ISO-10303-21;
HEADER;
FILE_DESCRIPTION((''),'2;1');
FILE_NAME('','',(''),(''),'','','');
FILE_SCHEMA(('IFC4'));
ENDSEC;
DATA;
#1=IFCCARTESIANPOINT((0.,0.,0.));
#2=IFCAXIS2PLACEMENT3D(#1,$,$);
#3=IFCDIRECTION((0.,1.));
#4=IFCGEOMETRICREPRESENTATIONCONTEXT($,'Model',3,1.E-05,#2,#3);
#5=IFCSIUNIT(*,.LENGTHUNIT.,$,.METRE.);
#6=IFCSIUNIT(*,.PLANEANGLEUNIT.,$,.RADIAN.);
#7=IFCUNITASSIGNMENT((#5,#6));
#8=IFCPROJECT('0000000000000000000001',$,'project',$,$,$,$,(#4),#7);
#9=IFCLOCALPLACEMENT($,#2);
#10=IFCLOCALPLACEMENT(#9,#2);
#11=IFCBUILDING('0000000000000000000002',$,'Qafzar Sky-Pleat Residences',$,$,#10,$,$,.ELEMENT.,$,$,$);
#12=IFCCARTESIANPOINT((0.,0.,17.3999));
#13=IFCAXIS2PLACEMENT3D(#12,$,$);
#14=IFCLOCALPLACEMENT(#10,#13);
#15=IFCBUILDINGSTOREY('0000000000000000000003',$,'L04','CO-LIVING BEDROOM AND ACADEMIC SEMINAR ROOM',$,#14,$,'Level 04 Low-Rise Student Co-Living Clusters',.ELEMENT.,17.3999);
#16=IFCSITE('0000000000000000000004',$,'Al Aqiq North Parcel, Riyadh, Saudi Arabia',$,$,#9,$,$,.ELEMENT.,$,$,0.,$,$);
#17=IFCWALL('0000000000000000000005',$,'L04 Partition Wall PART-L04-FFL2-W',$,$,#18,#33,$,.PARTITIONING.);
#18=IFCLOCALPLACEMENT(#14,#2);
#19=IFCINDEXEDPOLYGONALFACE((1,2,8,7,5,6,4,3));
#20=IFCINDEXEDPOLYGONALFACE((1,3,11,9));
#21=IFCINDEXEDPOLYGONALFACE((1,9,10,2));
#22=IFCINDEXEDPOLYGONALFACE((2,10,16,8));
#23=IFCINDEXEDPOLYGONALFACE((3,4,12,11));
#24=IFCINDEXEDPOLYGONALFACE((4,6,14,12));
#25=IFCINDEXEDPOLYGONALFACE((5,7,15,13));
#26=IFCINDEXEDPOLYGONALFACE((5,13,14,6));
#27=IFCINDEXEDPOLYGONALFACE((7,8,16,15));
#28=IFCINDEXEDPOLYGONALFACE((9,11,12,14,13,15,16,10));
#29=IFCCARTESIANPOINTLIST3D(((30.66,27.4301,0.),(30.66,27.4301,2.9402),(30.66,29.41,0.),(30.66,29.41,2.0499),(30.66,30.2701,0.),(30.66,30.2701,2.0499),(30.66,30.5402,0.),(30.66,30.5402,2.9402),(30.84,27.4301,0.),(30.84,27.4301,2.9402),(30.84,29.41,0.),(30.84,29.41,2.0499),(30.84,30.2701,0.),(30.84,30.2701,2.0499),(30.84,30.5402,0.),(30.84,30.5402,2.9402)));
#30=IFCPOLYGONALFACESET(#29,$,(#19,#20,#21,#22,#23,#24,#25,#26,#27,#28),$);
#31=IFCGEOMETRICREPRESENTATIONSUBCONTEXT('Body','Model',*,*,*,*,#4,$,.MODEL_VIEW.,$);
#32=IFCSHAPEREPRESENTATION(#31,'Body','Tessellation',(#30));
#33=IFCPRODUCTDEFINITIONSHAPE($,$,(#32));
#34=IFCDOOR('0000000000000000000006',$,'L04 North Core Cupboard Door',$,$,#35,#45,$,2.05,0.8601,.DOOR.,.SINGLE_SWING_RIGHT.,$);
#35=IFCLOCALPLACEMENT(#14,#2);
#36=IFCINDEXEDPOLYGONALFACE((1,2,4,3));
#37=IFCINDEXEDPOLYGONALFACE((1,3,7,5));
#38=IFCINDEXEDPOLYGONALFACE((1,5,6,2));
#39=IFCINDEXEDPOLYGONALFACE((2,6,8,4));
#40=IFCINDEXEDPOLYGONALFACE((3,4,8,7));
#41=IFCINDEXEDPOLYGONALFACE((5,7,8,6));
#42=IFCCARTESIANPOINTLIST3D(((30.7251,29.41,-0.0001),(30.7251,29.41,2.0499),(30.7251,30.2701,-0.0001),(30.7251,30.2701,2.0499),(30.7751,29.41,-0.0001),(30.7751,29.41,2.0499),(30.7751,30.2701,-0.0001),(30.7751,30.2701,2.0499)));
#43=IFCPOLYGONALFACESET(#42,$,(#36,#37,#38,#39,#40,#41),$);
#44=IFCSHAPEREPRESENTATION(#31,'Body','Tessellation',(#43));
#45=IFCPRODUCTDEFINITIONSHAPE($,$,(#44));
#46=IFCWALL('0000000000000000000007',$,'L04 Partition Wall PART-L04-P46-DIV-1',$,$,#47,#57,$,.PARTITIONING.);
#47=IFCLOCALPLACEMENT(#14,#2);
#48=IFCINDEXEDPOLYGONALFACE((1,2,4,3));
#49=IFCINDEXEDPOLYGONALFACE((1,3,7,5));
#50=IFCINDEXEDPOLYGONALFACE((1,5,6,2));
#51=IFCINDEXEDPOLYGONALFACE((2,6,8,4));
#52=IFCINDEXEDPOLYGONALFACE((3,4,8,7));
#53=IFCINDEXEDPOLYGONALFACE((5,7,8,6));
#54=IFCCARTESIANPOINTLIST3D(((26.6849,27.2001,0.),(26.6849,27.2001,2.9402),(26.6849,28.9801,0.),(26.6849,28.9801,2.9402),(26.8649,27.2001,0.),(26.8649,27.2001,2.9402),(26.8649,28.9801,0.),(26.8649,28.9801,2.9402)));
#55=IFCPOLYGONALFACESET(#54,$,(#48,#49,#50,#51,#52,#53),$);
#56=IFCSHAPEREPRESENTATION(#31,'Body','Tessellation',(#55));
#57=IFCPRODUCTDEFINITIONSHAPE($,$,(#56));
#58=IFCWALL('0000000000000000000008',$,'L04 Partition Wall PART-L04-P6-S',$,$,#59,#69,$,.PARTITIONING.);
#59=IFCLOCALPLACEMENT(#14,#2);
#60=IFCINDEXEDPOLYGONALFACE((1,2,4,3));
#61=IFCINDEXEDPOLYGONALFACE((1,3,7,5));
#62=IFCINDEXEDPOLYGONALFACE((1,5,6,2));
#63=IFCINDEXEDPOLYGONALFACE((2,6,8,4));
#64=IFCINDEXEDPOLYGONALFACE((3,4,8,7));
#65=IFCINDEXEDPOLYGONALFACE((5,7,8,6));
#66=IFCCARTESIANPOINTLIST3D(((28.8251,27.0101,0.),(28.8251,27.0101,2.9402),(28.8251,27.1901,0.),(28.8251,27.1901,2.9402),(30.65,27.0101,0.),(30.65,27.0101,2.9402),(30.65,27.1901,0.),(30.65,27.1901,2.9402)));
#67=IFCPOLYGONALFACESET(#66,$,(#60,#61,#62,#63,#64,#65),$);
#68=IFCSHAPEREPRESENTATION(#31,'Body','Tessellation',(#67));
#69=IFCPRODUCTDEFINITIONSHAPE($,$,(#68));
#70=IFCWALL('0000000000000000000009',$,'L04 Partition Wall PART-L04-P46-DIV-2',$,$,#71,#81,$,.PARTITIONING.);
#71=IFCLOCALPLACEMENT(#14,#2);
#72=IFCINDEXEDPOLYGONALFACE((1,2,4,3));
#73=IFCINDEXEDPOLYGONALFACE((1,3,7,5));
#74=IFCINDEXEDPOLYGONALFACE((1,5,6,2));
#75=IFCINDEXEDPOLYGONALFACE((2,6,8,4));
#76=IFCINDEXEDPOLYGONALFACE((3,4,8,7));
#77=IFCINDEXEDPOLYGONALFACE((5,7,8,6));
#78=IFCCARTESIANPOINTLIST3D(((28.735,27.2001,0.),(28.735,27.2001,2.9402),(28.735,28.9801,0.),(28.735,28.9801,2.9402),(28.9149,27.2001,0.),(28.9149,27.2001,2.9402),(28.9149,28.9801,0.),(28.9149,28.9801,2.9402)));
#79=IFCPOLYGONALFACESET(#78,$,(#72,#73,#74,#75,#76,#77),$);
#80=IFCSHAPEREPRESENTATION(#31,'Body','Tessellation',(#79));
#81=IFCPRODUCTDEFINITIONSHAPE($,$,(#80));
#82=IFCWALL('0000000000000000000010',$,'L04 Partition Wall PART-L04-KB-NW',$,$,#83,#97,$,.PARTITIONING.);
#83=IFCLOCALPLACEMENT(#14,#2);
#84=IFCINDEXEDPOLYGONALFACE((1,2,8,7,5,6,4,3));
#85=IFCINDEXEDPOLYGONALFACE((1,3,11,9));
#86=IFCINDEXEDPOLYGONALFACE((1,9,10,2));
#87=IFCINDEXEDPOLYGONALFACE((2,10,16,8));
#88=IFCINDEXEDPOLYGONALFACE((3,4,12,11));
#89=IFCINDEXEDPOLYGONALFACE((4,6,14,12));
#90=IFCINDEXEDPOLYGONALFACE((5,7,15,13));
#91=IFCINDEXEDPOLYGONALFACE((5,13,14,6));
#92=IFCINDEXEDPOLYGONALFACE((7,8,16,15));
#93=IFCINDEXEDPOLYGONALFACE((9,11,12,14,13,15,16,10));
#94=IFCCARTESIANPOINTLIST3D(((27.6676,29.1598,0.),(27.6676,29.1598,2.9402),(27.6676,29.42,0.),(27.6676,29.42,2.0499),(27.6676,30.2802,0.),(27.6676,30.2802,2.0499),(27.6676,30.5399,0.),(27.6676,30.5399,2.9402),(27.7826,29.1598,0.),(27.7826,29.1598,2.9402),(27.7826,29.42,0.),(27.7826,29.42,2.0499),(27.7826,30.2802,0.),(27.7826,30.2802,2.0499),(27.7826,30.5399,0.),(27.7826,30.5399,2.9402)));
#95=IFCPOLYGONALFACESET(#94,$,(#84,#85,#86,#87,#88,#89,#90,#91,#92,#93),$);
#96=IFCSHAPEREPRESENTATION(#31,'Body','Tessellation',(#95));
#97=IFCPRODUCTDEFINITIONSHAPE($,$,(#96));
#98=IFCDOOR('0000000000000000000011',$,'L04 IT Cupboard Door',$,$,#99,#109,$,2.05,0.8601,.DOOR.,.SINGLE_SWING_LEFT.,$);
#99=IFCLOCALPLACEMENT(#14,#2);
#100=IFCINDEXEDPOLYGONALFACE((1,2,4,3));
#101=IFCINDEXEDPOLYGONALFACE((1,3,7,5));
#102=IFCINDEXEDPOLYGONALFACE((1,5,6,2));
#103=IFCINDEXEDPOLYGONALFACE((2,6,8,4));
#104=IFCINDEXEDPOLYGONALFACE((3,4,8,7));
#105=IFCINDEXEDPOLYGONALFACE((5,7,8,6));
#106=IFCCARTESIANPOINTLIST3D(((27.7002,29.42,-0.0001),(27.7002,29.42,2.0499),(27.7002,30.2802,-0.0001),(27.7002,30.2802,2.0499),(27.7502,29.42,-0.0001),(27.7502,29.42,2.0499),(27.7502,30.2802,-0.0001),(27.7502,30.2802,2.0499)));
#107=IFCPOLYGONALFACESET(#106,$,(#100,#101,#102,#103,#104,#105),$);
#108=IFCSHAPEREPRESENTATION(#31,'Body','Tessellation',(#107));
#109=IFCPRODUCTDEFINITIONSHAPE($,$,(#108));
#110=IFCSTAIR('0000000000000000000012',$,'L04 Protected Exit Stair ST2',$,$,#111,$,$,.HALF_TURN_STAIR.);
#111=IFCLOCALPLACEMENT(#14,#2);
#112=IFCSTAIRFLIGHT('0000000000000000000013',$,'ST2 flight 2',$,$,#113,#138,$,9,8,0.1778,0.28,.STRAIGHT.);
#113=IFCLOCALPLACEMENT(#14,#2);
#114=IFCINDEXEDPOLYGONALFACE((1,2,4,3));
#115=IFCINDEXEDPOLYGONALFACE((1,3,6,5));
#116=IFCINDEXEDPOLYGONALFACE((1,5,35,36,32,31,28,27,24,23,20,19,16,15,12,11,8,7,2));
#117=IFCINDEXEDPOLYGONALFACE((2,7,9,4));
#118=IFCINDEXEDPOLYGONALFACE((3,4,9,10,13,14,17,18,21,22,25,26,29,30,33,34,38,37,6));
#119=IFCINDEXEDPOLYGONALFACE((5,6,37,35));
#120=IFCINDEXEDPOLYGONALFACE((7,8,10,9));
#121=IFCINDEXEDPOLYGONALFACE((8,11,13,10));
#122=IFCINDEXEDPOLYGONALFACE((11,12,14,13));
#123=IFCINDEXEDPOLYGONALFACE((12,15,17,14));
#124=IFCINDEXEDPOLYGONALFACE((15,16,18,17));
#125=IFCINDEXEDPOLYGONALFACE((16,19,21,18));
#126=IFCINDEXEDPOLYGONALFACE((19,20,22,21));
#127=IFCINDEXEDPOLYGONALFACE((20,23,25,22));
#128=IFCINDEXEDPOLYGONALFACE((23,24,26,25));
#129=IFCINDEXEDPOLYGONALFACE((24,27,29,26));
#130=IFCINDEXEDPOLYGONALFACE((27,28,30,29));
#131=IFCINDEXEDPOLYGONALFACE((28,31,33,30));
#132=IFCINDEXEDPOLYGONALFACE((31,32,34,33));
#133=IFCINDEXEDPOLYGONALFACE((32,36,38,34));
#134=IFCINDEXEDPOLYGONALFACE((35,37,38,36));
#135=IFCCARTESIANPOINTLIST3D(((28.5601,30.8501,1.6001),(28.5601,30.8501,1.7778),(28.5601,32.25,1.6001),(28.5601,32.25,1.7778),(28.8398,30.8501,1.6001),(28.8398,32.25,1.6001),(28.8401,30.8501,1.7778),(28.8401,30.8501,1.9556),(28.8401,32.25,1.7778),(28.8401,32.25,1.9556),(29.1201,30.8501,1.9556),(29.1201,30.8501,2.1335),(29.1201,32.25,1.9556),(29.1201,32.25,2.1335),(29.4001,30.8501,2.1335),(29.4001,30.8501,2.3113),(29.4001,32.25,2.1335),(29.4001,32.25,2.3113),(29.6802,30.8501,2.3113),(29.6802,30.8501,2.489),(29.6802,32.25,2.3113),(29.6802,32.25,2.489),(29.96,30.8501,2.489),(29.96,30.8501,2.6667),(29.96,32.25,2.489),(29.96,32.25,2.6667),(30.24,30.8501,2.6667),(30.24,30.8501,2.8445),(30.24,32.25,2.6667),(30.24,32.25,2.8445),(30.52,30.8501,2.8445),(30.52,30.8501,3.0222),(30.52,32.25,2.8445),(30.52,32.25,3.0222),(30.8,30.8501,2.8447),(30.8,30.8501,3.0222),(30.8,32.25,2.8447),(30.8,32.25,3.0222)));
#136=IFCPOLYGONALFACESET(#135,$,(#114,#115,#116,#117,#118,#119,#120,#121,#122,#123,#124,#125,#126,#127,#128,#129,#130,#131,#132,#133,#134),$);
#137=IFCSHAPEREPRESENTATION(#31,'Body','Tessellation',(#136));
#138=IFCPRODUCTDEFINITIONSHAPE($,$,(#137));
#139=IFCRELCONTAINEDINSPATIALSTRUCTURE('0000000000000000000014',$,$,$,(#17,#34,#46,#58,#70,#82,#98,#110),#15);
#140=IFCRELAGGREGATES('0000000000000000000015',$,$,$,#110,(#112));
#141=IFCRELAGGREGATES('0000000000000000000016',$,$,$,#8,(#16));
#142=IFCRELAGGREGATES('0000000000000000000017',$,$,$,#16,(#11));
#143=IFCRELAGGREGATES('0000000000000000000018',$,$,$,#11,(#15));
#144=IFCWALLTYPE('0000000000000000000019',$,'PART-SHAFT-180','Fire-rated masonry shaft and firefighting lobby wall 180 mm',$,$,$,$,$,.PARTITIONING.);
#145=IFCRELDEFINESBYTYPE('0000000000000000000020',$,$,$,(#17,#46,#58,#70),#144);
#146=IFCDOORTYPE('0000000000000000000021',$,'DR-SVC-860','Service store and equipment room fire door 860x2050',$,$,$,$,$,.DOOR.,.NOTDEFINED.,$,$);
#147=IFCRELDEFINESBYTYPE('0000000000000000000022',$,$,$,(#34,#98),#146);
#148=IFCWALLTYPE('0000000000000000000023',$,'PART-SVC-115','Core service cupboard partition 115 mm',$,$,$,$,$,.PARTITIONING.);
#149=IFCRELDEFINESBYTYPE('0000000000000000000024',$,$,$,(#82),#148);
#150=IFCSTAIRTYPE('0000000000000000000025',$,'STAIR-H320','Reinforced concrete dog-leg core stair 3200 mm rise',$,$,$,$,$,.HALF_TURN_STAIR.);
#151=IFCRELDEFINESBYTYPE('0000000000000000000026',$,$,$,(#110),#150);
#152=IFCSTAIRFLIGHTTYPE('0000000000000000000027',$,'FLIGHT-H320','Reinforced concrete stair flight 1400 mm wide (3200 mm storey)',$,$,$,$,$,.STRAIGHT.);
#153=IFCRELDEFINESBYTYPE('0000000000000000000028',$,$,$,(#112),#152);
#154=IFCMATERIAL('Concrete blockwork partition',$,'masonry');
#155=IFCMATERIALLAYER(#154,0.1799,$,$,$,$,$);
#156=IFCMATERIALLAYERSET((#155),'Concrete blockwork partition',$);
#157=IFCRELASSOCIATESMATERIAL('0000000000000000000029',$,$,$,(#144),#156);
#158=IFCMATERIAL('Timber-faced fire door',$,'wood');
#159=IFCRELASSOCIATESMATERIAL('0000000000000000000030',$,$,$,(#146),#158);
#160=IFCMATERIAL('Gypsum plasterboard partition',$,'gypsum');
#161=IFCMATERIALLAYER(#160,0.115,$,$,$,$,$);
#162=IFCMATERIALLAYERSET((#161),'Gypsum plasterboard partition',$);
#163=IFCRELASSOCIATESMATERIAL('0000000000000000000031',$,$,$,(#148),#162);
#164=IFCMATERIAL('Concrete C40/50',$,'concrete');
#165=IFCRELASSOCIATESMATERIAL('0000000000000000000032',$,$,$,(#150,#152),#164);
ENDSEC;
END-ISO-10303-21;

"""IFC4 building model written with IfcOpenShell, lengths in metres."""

from ifc_helpers import new_model, si_unit, direction, frame, frame_2d, origin, place, context, subcontext, project, spatial, polyline, rectangle, outline, extrude, source, transform, mapped, material, layer, layer_set, type_object, element, fill, aggregate, save


model = new_model("IFC4")

# Units and contexts
model_context = context("Model", 3, precision=1e-05, world=origin(), true_north=direction((0.0, 1.0)))
body_context = subcontext(model_context, "Body", "Model", "MODEL_VIEW")
ifc_project = project(units=[si_unit("LENGTHUNIT", "METRE"), si_unit("PLANEANGLEUNIT", "RADIAN")], contexts=[model_context])

# Site, building, storey
site_placement = place(None, origin())
site = spatial("IfcSite", under=ifc_project, at=site_placement, Name="Al Aqiq North Parcel, Riyadh, Saudi Arabia", CompositionType="ELEMENT", RefElevation=0.0)
building_placement = place(site_placement, origin())
building = spatial("IfcBuilding", under=site, at=building_placement, Name="Qafzar Sky-Pleat Residences", CompositionType="ELEMENT")
storey_placement = place(building_placement, frame((0.0, 0.0, 17.3999)))
storey = spatial("IfcBuildingStorey", under=building, at=storey_placement, Name="L04", Description="CO-LIVING BEDROOM AND ACADEMIC SEMINAR ROOM", LongName="Level 04 Low-Rise Student Co-Living Clusters", CompositionType="ELEMENT", Elevation=17.3999)

# Wall, opening, door
ifc_material_1 = material(Name="Concrete blockwork partition", Category="masonry")
ifc_layer_1 = layer(ifc_material_1, 0.1799)
ifc_layer_set_1 = layer_set([ifc_layer_1], Name="Concrete blockwork partition")
wall_type_1 = type_object("IfcWallType", Name="PART-SHAFT-180", Description="Fire-rated masonry shaft and firefighting lobby wall 180 mm", PredefinedType="PARTITIONING", material=ifc_layer_set_1)
ifc_material_2 = material(Name="Timber-faced fire door", Category="wood")
wall_1_placement = place(storey_placement, frame((30.75, 27.4299, 0.0), z_axis=(0.0, 0.0, 1.0), x_axis=(0.0, 1.0, 0.0)))
wall_1 = element("IfcWall", 1, at=wall_1_placement, inside=storey, type_object=wall_type_1, Name="L04 Partition Wall PART-L04-FFL2-W", PredefinedType="PARTITIONING", context=body_context, shape_type="SweptSolid", body=[
    extrude(rectangle(XDim=3.1101, YDim=0.1799, at=frame_2d((1.5552, 0.0))), origin(), (0.0, 0.0, 1.0), 2.9402),
])
opening_1_placement = place(wall_1_placement, frame((1.98, 0.0, 0.0)))
opening_1 = element("IfcOpeningElement", 2, at=opening_1_placement, cuts=wall_1, PredefinedType="OPENING", context=body_context, shape_type="SweptSolid", body=[
    extrude(rectangle(XDim=0.8601, YDim=2.05, at=frame_2d((0.4302, 1.0249))), frame((0.0, 0.1001, 0.0), z_axis=(0.0, -1.0, 0.0), x_axis=(1.0, 0.0, 0.0)), (0.0, 0.0, 1.0), 0.2),
])
door_type_1 = type_object("IfcDoorType", Name="DR-SVC-860", Description="Service store and equipment room fire door 860x2050", OperationType="NOTDEFINED", PredefinedType="DOOR", material=ifc_material_2)
shared_shape_1 = source(origin(), body_context, "Body", "SweptSolid", [
    extrude(rectangle(XDim=0.8601, YDim=2.05, at=frame_2d((0.4302, 1.0249))), frame((0.0, 0.0249, 0.0), z_axis=(0.0, -1.0, 0.0), x_axis=(1.0, 0.0, 0.0)), (0.0, 0.0, 1.0), 0.05),
])
door_1_placement = place(opening_1_placement, origin())
door_1 = element("IfcDoor", 3, at=door_1_placement, inside=storey, type_object=door_type_1, Name="L04 North Core Cupboard Door", OperationType="SINGLE_SWING_RIGHT", OverallHeight=2.05, OverallWidth=0.8601, PredefinedType="DOOR", context=body_context, shape_type="MappedRepresentation", body=[
    mapped(shared_shape_1, transform((0.0, 0.0, 0.0), x_axis=(1.0, 0.0, 0.0), y_axis=(0.0, 1.0, 0.0), z_axis=(0.0, 0.0, 1.0), scale=1.0)),
])
fill(opening_1, door_1)

# Walls
wall_2_placement = place(storey_placement, frame((26.7749, 27.2, 0.0), z_axis=(0.0, 0.0, 1.0), x_axis=(0.0, 1.0, 0.0)))
element("IfcWall", 4, at=wall_2_placement, inside=storey, type_object=wall_type_1, Name="L04 Partition Wall PART-L04-P46-DIV-1", PredefinedType="PARTITIONING", context=body_context, shape_type="SweptSolid", body=[
    extrude(rectangle(XDim=1.78, YDim=0.1799, at=frame_2d((0.8901, 0.0))), origin(), (0.0, 0.0, 1.0), 2.9402),
])
wall_3_placement = place(storey_placement, frame((28.825, 27.1001, 0.0), z_axis=(0.0, 0.0, 1.0), x_axis=(1.0, 0.0, 0.0)))
element("IfcWall", 5, at=wall_3_placement, inside=storey, type_object=wall_type_1, Name="L04 Partition Wall PART-L04-P6-S", PredefinedType="PARTITIONING", context=body_context, shape_type="SweptSolid", body=[
    extrude(rectangle(XDim=1.825, YDim=0.1799, at=frame_2d((0.9126, 0.0))), origin(), (0.0, 0.0, 1.0), 2.9402),
])
wall_4_placement = place(storey_placement, frame((28.825, 27.2, 0.0), z_axis=(0.0, 0.0, 1.0), x_axis=(0.0, 1.0, 0.0)))
element("IfcWall", 6, at=wall_4_placement, inside=storey, type_object=wall_type_1, Name="L04 Partition Wall PART-L04-P46-DIV-2", PredefinedType="PARTITIONING", context=body_context, shape_type="SweptSolid", body=[
    extrude(rectangle(XDim=1.78, YDim=0.1799, at=frame_2d((0.8901, 0.0))), origin(), (0.0, 0.0, 1.0), 2.9402),
])

# Wall, opening, door
ifc_material_3 = material(Name="Gypsum plasterboard partition", Category="gypsum")
ifc_layer_2 = layer(ifc_material_3, 0.115)
ifc_layer_set_2 = layer_set([ifc_layer_2], Name="Gypsum plasterboard partition")
wall_type_2 = type_object("IfcWallType", Name="PART-SVC-115", Description="Core service cupboard partition 115 mm", PredefinedType="PARTITIONING", material=ifc_layer_set_2)
wall_5_placement = place(storey_placement, frame((27.7251, 29.1599, 0.0), z_axis=(0.0, 0.0, 1.0), x_axis=(0.0, 1.0, 0.0)))
wall_5 = element("IfcWall", 7, at=wall_5_placement, inside=storey, type_object=wall_type_2, Name="L04 Partition Wall PART-L04-KB-NW", PredefinedType="PARTITIONING", context=body_context, shape_type="SweptSolid", body=[
    extrude(rectangle(XDim=1.3801, YDim=0.115, at=frame_2d((0.6899, 0.0))), origin(), (0.0, 0.0, 1.0), 2.9402),
])
opening_2_placement = place(wall_5_placement, frame((0.26, 0.0, 0.0)))
opening_2 = element("IfcOpeningElement", 8, at=opening_2_placement, cuts=wall_5, PredefinedType="OPENING", context=body_context, shape_type="SweptSolid", body=[
    extrude(rectangle(XDim=0.8601, YDim=2.05, at=frame_2d((0.4302, 1.0249))), frame((0.0, 0.0674, 0.0), z_axis=(0.0, -1.0, 0.0), x_axis=(1.0, 0.0, 0.0)), (0.0, 0.0, 1.0), 0.135),
])
door_2_placement = place(opening_2_placement, origin())
door_2 = element("IfcDoor", 9, at=door_2_placement, inside=storey, type_object=door_type_1, Name="L04 IT Cupboard Door", OperationType="SINGLE_SWING_LEFT", OverallHeight=2.05, OverallWidth=0.8601, PredefinedType="DOOR", context=body_context, shape_type="MappedRepresentation", body=[
    mapped(shared_shape_1, transform((0.0, 0.0, 0.0), x_axis=(1.0, 0.0, 0.0), y_axis=(0.0, 1.0, 0.0), z_axis=(0.0, 0.0, 1.0), scale=1.0)),
])
fill(opening_2, door_2)

# Stair, stair flight
ifc_material_4 = material(Name="Concrete C40/50", Category="concrete")
stair_type = type_object("IfcStairType", Name="STAIR-H320", Description="Reinforced concrete dog-leg core stair 3200 mm rise", PredefinedType="HALF_TURN_STAIR", material=ifc_material_4)
stair_placement = place(storey_placement, origin())
stair = element("IfcStair", 10, at=stair_placement, inside=storey, type_object=stair_type, Name="L04 Protected Exit Stair ST2", PredefinedType="HALF_TURN_STAIR")
stair_flight_type = type_object("IfcStairFlightType", Name="FLIGHT-H320", Description="Reinforced concrete stair flight 1400 mm wide (3200 mm storey)", PredefinedType="STRAIGHT", material=ifc_material_4)
shared_shape_2 = source(origin(), body_context, "Body", "SweptSolid", [
    extrude(outline(polyline([(0.0, 0.0), (0.0, 0.1777), (0.28, 0.1777), (0.28, 0.3555), (0.5601, 0.3555), (0.5601, 0.5334), (0.8401, 0.5334), (0.8401, 0.7112), (1.1201, 0.7112), (1.1201, 0.8889), (1.3999, 0.8889), (1.3999, 1.0667), (1.6799, 1.0667), (1.6799, 1.2444), (1.96, 1.2444), (1.96, 1.4221), (2.24, 1.4221), (2.24, 1.6001), (2.24, 1.2446), (0.2798, 0.0), (0.0, 0.0)])), frame((0.0, 0.7, 0.0), z_axis=(0.0, -1.0, 0.0), x_axis=(1.0, 0.0, 0.0)), (0.0, 0.0, 1.0), 1.3999),
])
stair_flight_placement = place(storey_placement, frame((28.5601, 31.55, 1.6001), z_axis=(0.0, 0.0, 1.0), x_axis=(1.0, 0.0, 0.0)))
stair_flight = element("IfcStairFlight", 11, at=stair_flight_placement, type_object=stair_flight_type, Name="ST2 flight 2", NumberOfRisers=9, NumberOfTreads=8, PredefinedType="STRAIGHT", RiserHeight=0.1778, TreadLength=0.28, context=body_context, shape_type="MappedRepresentation", body=[
    mapped(shared_shape_2, transform((0.0, 0.0, 0.0), x_axis=(1.0, 0.0, 0.0), y_axis=(0.0, 1.0, 0.0), z_axis=(0.0, 0.0, 1.0), scale=1.0)),
])
aggregate(stair, [stair_flight])

save(model, "model.ifc")
